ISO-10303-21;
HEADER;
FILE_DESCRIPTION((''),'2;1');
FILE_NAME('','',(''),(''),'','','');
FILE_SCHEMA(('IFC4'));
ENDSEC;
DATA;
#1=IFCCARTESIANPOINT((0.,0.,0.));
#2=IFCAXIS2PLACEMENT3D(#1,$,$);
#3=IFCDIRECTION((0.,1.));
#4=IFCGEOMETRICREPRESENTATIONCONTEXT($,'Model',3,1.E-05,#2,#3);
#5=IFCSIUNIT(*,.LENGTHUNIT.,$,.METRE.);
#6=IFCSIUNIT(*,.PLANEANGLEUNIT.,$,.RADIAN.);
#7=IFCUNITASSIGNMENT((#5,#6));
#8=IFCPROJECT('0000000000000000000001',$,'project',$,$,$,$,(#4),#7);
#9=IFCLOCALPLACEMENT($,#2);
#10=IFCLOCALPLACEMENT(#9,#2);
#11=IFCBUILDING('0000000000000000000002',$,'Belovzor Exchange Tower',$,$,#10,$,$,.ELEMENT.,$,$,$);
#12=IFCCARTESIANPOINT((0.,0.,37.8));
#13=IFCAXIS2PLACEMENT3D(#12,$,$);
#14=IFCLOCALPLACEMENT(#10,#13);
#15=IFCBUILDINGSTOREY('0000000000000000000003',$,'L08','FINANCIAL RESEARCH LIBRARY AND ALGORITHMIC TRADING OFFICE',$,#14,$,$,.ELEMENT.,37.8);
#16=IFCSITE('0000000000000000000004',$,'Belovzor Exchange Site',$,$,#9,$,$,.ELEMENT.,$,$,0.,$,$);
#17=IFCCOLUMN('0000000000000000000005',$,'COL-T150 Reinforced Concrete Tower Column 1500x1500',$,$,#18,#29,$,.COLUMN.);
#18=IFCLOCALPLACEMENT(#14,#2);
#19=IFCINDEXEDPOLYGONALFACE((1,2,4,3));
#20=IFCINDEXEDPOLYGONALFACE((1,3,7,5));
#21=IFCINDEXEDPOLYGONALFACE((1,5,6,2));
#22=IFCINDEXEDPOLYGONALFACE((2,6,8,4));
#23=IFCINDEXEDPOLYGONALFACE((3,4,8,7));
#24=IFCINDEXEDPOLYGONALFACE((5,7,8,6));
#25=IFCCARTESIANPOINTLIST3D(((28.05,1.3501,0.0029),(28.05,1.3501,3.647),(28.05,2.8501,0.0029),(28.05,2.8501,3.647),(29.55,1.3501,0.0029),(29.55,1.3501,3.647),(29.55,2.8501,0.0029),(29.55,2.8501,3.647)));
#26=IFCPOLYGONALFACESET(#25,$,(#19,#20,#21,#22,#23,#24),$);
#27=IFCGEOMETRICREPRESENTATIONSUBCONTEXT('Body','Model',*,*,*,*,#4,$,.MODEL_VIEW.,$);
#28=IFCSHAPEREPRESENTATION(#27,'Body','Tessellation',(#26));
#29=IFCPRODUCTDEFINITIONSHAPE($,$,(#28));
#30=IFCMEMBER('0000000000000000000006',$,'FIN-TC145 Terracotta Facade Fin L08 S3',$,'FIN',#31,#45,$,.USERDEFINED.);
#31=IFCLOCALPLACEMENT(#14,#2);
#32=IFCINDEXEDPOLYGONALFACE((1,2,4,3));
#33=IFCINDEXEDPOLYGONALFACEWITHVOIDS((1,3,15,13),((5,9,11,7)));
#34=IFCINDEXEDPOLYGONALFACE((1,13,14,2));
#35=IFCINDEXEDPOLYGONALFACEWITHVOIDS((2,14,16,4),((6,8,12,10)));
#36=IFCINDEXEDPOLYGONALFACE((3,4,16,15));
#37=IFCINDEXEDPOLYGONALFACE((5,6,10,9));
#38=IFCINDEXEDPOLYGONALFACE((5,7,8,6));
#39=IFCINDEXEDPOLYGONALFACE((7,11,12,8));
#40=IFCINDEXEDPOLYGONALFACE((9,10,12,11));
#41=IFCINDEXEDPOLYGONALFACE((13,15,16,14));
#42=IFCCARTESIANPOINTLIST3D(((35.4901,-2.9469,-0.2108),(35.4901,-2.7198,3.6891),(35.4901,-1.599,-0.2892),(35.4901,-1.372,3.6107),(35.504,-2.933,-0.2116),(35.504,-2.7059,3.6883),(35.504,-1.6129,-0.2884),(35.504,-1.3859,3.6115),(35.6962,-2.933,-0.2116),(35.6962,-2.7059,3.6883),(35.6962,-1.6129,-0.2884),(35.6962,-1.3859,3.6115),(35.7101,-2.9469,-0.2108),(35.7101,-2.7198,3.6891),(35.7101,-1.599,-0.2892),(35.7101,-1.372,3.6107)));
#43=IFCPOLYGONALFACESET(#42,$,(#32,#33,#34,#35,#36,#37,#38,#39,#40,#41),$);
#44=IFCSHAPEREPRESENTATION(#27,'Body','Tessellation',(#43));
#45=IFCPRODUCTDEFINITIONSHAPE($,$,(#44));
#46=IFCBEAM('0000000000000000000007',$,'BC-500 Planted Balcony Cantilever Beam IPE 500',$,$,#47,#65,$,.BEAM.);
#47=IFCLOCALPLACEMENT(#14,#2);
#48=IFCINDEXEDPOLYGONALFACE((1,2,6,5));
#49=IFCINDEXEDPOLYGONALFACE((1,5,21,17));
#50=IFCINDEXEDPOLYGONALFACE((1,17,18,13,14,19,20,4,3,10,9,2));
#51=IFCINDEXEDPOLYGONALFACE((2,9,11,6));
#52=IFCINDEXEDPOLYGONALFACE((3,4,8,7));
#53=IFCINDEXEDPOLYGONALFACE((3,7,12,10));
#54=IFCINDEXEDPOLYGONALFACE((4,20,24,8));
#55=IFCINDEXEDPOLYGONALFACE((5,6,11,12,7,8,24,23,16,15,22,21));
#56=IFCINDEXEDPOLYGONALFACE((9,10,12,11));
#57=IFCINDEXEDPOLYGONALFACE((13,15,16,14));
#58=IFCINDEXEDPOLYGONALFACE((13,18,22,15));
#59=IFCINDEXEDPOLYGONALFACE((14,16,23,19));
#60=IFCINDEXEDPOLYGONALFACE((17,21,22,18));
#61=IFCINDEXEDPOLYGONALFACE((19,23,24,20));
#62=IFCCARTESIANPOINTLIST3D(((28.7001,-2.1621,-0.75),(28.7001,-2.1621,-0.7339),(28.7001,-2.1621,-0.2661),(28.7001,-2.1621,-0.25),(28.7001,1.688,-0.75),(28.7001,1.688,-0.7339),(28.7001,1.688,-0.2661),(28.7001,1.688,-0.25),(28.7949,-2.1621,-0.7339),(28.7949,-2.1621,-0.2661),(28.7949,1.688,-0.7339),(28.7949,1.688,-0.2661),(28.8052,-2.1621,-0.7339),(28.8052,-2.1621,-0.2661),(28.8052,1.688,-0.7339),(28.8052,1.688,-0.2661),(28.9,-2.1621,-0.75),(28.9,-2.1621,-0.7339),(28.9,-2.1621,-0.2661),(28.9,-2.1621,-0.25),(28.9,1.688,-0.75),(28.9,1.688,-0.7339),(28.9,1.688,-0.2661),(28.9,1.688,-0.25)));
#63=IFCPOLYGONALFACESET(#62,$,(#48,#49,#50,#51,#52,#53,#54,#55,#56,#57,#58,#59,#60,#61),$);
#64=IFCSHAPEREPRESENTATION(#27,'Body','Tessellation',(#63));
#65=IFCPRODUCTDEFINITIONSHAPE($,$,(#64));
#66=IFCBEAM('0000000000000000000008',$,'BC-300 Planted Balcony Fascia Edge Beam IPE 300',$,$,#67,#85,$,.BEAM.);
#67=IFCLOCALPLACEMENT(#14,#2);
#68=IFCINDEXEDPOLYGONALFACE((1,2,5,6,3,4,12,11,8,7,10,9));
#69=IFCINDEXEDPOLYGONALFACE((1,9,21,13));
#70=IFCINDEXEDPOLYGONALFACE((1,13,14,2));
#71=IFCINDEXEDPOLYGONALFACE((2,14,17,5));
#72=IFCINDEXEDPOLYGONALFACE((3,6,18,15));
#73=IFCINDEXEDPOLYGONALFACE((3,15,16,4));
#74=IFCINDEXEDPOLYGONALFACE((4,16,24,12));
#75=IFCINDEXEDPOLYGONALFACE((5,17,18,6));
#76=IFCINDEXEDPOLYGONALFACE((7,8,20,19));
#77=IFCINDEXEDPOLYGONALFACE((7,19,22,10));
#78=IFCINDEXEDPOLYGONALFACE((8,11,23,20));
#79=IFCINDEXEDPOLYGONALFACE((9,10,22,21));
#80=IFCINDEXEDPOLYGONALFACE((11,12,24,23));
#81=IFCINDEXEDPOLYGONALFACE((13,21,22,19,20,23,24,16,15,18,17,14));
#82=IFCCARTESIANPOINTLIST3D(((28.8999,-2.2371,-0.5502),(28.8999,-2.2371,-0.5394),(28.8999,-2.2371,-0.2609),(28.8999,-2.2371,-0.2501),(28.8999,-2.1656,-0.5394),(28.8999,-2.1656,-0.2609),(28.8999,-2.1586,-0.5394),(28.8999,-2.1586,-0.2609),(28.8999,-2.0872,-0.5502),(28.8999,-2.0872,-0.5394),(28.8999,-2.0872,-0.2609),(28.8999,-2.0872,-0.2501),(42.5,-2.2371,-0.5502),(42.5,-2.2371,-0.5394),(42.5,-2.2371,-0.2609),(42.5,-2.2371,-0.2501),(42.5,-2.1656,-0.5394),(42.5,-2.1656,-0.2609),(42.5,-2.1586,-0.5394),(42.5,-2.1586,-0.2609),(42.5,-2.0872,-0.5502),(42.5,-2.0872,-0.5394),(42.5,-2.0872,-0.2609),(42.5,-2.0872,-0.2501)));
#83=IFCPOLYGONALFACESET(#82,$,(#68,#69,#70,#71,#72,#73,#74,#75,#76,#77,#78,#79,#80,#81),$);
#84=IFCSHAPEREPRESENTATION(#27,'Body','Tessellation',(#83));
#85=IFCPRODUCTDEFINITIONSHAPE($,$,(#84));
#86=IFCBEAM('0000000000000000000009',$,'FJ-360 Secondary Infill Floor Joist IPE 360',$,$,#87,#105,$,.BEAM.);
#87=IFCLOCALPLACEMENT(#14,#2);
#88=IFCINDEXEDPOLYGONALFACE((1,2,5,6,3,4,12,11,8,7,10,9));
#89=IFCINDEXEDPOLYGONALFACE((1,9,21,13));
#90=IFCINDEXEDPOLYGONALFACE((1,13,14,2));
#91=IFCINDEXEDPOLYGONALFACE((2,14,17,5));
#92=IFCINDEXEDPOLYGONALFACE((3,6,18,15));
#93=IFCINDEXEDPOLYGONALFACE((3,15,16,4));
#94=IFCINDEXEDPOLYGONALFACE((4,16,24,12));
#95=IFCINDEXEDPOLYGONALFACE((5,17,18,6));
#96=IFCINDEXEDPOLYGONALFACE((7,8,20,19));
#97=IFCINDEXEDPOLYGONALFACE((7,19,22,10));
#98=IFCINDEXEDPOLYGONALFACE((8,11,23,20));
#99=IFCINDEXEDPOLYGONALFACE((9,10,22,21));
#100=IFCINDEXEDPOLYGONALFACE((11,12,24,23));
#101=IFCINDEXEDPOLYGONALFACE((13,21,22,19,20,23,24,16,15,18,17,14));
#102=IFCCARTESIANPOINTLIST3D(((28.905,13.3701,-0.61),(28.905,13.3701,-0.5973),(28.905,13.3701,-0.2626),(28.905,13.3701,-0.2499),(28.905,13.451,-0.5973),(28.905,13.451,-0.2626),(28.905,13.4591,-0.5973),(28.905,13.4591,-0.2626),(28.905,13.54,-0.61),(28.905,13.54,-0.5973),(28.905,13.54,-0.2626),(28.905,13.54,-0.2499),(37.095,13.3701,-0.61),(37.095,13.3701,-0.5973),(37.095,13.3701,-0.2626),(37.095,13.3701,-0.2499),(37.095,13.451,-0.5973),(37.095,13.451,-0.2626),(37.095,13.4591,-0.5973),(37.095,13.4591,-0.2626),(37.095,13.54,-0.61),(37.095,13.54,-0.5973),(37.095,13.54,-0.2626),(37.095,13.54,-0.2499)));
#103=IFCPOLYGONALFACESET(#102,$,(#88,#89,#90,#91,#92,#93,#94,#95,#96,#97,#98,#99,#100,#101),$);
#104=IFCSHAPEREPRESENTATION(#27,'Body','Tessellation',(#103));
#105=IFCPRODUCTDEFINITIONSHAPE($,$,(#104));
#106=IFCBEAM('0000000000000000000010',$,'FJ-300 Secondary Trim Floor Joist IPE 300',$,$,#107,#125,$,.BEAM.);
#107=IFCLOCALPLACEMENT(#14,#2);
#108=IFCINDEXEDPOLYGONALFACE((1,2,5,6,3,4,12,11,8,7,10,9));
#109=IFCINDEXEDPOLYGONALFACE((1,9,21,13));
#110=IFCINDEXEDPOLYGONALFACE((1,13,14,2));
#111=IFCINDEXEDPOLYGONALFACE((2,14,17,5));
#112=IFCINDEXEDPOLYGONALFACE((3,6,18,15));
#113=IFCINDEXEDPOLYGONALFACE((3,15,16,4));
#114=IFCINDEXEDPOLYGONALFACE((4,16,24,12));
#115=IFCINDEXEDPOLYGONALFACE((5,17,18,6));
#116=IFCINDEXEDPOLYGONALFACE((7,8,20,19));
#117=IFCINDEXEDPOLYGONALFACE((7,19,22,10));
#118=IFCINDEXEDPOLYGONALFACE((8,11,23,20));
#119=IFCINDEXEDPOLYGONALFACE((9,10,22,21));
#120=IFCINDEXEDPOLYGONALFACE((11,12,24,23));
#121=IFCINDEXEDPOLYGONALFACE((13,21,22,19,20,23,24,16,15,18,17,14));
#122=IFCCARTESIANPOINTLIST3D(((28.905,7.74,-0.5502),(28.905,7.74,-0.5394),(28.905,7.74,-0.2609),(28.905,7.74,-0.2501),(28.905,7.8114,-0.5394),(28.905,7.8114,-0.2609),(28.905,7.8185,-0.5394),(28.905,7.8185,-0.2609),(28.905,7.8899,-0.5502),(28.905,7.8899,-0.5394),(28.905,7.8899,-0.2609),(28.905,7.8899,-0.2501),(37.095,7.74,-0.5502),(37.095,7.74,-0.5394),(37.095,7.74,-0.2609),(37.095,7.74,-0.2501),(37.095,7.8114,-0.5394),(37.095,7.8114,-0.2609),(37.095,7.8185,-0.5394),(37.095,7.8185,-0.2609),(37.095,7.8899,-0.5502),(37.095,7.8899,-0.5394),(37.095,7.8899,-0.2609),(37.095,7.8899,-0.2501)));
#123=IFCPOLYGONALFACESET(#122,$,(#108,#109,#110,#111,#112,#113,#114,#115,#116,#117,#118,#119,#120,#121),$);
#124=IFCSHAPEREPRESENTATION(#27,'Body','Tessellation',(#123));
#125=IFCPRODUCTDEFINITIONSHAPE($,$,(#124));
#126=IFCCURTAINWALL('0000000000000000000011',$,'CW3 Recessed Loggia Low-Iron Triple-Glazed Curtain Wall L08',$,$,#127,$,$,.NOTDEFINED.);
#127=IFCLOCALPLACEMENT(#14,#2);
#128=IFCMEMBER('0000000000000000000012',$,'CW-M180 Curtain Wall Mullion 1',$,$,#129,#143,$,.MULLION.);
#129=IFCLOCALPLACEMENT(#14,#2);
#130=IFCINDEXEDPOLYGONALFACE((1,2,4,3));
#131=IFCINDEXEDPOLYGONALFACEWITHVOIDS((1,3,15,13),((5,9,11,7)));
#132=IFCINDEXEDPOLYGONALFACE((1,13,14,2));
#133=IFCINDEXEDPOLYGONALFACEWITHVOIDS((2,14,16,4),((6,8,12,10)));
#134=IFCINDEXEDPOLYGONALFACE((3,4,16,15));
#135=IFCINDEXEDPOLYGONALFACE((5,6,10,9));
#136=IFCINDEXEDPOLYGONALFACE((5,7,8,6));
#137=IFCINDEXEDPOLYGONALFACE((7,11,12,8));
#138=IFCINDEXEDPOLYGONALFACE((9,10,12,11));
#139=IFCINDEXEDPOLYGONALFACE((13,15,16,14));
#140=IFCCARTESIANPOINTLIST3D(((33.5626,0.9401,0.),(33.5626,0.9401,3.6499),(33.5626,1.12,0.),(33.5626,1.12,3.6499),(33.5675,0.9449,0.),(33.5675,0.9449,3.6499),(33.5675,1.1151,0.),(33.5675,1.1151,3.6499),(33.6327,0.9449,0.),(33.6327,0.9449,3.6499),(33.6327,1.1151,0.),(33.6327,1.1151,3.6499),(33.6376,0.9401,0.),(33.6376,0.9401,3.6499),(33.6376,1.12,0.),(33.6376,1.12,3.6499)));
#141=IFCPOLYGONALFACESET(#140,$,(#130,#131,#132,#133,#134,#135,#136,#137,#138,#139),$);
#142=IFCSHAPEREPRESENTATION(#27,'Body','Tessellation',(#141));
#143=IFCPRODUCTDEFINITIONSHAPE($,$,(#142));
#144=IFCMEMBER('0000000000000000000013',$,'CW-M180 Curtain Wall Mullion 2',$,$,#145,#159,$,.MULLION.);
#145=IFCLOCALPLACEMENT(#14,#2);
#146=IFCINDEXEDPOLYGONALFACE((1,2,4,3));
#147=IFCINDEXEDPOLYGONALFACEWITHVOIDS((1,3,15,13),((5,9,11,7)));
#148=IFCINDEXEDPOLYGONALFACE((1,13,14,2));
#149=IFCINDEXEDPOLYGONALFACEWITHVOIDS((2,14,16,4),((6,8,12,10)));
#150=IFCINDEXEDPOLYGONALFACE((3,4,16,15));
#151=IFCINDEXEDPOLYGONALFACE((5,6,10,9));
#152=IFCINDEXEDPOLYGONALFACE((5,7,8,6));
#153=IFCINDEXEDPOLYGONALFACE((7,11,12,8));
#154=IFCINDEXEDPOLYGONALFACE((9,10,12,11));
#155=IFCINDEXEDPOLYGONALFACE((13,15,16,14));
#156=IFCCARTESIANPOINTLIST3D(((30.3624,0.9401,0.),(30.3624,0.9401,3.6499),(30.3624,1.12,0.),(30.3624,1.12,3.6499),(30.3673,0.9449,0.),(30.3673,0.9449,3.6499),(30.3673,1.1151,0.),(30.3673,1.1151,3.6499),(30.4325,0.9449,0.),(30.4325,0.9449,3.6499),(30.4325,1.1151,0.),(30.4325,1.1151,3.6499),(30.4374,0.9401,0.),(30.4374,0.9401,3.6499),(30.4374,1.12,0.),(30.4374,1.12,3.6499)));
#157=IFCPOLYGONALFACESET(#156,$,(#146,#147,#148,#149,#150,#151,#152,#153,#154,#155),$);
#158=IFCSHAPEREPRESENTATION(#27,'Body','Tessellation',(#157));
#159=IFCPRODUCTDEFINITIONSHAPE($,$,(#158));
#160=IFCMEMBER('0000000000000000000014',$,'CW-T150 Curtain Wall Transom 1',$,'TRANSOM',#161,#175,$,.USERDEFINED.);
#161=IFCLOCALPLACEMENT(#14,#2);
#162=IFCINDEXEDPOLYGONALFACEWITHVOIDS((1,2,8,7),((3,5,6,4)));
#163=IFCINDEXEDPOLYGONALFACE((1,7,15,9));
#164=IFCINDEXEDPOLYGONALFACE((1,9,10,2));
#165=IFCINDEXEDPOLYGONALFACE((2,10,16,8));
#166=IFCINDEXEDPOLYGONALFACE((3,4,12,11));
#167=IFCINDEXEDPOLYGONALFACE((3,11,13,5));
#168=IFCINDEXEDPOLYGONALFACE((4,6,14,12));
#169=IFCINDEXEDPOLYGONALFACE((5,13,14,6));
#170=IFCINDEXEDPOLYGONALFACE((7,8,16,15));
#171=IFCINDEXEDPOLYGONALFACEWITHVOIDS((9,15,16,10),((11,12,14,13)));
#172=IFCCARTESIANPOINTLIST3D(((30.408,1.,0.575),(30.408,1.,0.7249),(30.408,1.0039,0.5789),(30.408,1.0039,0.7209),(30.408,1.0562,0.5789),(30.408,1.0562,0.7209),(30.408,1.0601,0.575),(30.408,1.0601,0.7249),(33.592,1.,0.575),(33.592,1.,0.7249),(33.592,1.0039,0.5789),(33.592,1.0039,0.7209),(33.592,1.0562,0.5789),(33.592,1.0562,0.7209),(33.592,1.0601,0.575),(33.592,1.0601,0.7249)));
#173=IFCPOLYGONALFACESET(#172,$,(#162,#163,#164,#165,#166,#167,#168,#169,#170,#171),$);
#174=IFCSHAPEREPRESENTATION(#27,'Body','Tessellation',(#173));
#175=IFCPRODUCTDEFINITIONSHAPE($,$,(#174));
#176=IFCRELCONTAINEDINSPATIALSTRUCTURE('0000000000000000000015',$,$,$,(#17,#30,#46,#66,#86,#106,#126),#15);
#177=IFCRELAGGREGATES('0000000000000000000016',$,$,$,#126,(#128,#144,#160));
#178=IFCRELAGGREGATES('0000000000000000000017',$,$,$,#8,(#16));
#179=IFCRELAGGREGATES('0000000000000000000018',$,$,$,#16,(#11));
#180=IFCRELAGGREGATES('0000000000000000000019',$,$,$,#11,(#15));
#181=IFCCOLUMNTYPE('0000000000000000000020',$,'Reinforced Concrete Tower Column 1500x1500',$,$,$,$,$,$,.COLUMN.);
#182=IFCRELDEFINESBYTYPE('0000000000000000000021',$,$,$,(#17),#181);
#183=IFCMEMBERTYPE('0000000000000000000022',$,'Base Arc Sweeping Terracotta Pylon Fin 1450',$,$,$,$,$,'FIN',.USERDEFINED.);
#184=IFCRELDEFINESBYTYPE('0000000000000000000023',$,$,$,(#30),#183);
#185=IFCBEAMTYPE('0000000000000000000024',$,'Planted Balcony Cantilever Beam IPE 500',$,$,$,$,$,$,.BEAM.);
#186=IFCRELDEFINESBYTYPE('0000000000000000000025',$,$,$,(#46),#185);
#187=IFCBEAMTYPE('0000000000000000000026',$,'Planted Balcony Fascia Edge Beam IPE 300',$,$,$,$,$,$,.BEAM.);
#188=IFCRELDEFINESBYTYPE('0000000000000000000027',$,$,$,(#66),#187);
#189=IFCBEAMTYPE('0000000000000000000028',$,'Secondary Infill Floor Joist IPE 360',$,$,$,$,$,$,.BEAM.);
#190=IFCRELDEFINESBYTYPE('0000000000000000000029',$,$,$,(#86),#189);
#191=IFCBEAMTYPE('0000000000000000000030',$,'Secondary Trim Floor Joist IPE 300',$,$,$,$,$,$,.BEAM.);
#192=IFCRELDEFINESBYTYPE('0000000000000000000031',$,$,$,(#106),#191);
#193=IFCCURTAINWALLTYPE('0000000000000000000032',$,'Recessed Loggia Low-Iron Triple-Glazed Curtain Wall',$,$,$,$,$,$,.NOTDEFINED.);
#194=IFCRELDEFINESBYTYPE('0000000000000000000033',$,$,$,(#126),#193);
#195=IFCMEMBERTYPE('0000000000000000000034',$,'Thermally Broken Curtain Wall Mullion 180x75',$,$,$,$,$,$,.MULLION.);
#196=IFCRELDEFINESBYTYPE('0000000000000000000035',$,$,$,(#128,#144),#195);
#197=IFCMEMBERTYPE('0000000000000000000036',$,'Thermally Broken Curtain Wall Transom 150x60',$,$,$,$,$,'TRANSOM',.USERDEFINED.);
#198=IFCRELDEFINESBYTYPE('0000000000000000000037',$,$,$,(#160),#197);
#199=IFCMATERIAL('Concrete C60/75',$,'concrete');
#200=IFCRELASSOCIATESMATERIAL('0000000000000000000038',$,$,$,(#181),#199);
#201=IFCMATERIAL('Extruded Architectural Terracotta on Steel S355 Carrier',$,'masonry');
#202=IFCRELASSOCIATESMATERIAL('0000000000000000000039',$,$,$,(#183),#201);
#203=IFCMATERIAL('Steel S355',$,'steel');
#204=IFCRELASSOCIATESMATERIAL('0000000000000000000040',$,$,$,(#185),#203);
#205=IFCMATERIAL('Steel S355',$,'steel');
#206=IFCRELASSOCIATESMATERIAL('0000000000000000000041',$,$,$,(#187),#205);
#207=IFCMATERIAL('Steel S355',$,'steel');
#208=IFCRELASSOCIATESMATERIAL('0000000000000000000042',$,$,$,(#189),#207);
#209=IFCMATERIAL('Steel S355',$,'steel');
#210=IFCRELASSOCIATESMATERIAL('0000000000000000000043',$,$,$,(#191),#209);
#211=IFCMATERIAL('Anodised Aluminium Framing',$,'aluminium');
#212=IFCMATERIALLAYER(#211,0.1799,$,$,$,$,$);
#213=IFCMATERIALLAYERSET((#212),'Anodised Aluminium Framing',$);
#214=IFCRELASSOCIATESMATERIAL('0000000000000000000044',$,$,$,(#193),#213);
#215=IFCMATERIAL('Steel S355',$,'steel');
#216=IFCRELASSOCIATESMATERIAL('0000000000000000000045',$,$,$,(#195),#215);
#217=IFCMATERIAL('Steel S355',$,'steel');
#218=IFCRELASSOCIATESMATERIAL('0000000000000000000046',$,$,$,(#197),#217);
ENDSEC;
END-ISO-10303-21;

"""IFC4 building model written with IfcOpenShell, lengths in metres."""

from ifc_helpers import new_model, si_unit, direction, frame, origin, origin_2d, place, context, subcontext, project, spatial, rectangle, hollow_rectangle, i_section, extrude, material, layer, layer_set, material_profile, profile_set, type_object, element, aggregate, save


model = new_model("IFC4")

# Units and contexts
model_context = context("Model", 3, precision=1e-05, world=origin(), true_north=direction((0.0, 1.0)))
body_context = subcontext(model_context, "Body", "Model", "MODEL_VIEW")
ifc_project = project(units=[si_unit("LENGTHUNIT", "METRE"), si_unit("PLANEANGLEUNIT", "RADIAN")], contexts=[model_context])

# Site, building, storey
site_placement = place(None, origin())
site = spatial("IfcSite", under=ifc_project, at=site_placement, Name="Belovzor Exchange Site", CompositionType="ELEMENT", RefElevation=0.0)
building_placement = place(site_placement, origin())
building = spatial("IfcBuilding", under=site, at=building_placement, Name="Belovzor Exchange Tower", CompositionType="ELEMENT")
storey_placement = place(building_placement, frame((0.0, 0.0, 37.8)))
storey = spatial("IfcBuildingStorey", under=building, at=storey_placement, Name="L08", Description="FINANCIAL RESEARCH LIBRARY AND ALGORITHMIC TRADING OFFICE", CompositionType="ELEMENT", Elevation=37.8)

# Column
ifc_material_1 = material(Name="Concrete C60/75", Category="concrete")
ifc_material_profile_1 = material_profile(ifc_material_1, rectangle(XDim=1.5, YDim=1.5, at=origin_2d()))
ifc_profile_set_1 = profile_set([ifc_material_profile_1], Name="Concrete C60/75")
column_type = type_object("IfcColumnType", Name="Reinforced Concrete Tower Column 1500x1500", PredefinedType="COLUMN", material=ifc_profile_set_1)
column_placement = place(storey_placement, frame((28.8, 2.1001, 0.0029), z_axis=(0.0, 0.0, 1.0), x_axis=(1.0, 0.0, 0.0)))
element("IfcColumn", 1, at=column_placement, inside=storey, type_object=column_type, Name="COL-T150 Reinforced Concrete Tower Column 1500x1500", PredefinedType="COLUMN", context=body_context, shape_type="SweptSolid", body=[
    extrude(rectangle(XDim=1.5, YDim=1.5, at=origin_2d()), origin(), (0.0, 0.0, 1.0), 3.644),
])

# Member
ifc_material_2 = material(Name="Extruded Architectural Terracotta on Steel S355 Carrier", Category="masonry")
ifc_material_profile_2 = material_profile(ifc_material_2, hollow_rectangle(XDim=0.22, YDim=1.3501, WallThickness=0.0139, at=origin_2d()))
ifc_profile_set_2 = profile_set([ifc_material_profile_2], Name="Extruded Architectural Terracotta on Steel S355 Carrier")
member_type_1 = type_object("IfcMemberType", Name="Base Arc Sweeping Terracotta Pylon Fin 1450", ElementType="FIN", PredefinedType="USERDEFINED", material=ifc_profile_set_2)
member_1_placement = place(storey_placement, frame((35.6001, -2.2729, -0.25), z_axis=(0.0, 0.058121, 0.99831), x_axis=(-1.0, 0.0, 0.0)))
element("IfcMember", 2, at=member_1_placement, inside=storey, type_object=member_type_1, Name="FIN-TC145 Terracotta Facade Fin L08 S3", ObjectType="FIN", PredefinedType="USERDEFINED", context=body_context, shape_type="SweptSolid", body=[
    extrude(hollow_rectangle(XDim=0.22, YDim=1.3501, WallThickness=0.0139, at=origin_2d()), origin(), (0.0, 0.0, 1.0), 3.9065),
])

# Beams
ifc_material_3 = material(Name="Steel S355", Category="steel")
ifc_material_profile_3 = material_profile(ifc_material_3, i_section(OverallWidth=0.2, OverallDepth=0.5, WebThickness=0.0103, FlangeThickness=0.0161, at=origin_2d()))
ifc_profile_set_3 = profile_set([ifc_material_profile_3], Name="Steel S355")
beam_type_1 = type_object("IfcBeamType", Name="Planted Balcony Cantilever Beam IPE 500", PredefinedType="BEAM", material=ifc_profile_set_3)
beam_1_placement = place(storey_placement, frame((28.8, 1.688, -0.5), z_axis=(0.0, -1.0, 0.0), x_axis=(1.0, 0.0, 0.0)))
element("IfcBeam", 3, at=beam_1_placement, inside=storey, type_object=beam_type_1, Name="BC-500 Planted Balcony Cantilever Beam IPE 500", PredefinedType="BEAM", context=body_context, shape_type="SweptSolid", body=[
    extrude(i_section(OverallWidth=0.2, OverallDepth=0.5, WebThickness=0.0103, FlangeThickness=0.0161, at=origin_2d()), origin(), (0.0, 0.0, 1.0), 3.8501),
])
ifc_material_4 = material(Name="Steel S355", Category="steel")
ifc_material_profile_4 = material_profile(ifc_material_4, i_section(OverallWidth=0.1499, OverallDepth=0.3, WebThickness=0.0071, FlangeThickness=0.0107, at=origin_2d()))
ifc_profile_set_4 = profile_set([ifc_material_profile_4], Name="Steel S355")
beam_type_2 = type_object("IfcBeamType", Name="Planted Balcony Fascia Edge Beam IPE 300", PredefinedType="BEAM", material=ifc_profile_set_4)
beam_2_placement = place(storey_placement, frame((28.8999, -2.1621, -0.4001), z_axis=(1.0, 0.0, 0.0), x_axis=(0.0, 1.0, 0.0)))
element("IfcBeam", 4, at=beam_2_placement, inside=storey, type_object=beam_type_2, Name="BC-300 Planted Balcony Fascia Edge Beam IPE 300", PredefinedType="BEAM", context=body_context, shape_type="SweptSolid", body=[
    extrude(i_section(OverallWidth=0.1499, OverallDepth=0.3, WebThickness=0.0071, FlangeThickness=0.0107, at=origin_2d()), origin(), (0.0, 0.0, 1.0), 13.6001),
])
ifc_material_5 = material(Name="Steel S355", Category="steel")
ifc_material_profile_5 = material_profile(ifc_material_5, i_section(OverallWidth=0.1699, OverallDepth=0.3601, WebThickness=0.0081, FlangeThickness=0.0127, at=origin_2d()))
ifc_profile_set_5 = profile_set([ifc_material_profile_5], Name="Steel S355")
beam_type_3 = type_object("IfcBeamType", Name="Secondary Infill Floor Joist IPE 360", PredefinedType="BEAM", material=ifc_profile_set_5)
beam_3_placement = place(storey_placement, frame((28.905, 13.4551, -0.4299), z_axis=(1.0, 0.0, 0.0), x_axis=(0.0, 1.0, 0.0)))
element("IfcBeam", 5, at=beam_3_placement, inside=storey, type_object=beam_type_3, Name="FJ-360 Secondary Infill Floor Joist IPE 360", PredefinedType="BEAM", context=body_context, shape_type="SweptSolid", body=[
    extrude(i_section(OverallWidth=0.1699, OverallDepth=0.3601, WebThickness=0.0081, FlangeThickness=0.0127, at=origin_2d()), origin(), (0.0, 0.0, 1.0), 8.1899),
])
ifc_material_6 = material(Name="Steel S355", Category="steel")
ifc_material_profile_6 = material_profile(ifc_material_6, i_section(OverallWidth=0.1499, OverallDepth=0.3, WebThickness=0.0071, FlangeThickness=0.0107, at=origin_2d()))
ifc_profile_set_6 = profile_set([ifc_material_profile_6], Name="Steel S355")
beam_type_4 = type_object("IfcBeamType", Name="Secondary Trim Floor Joist IPE 300", PredefinedType="BEAM", material=ifc_profile_set_6)
beam_4_placement = place(storey_placement, frame((28.905, 7.8149, -0.4001), z_axis=(1.0, 0.0, 0.0), x_axis=(0.0, 1.0, 0.0)))
element("IfcBeam", 6, at=beam_4_placement, inside=storey, type_object=beam_type_4, Name="FJ-300 Secondary Trim Floor Joist IPE 300", PredefinedType="BEAM", context=body_context, shape_type="SweptSolid", body=[
    extrude(i_section(OverallWidth=0.1499, OverallDepth=0.3, WebThickness=0.0071, FlangeThickness=0.0107, at=origin_2d()), origin(), (0.0, 0.0, 1.0), 8.1899),
])

# Curtain wall, members
ifc_material_7 = material(Name="Anodised Aluminium Framing", Category="aluminium")
ifc_layer_1 = layer(ifc_material_7, 0.1799)
ifc_layer_set_1 = layer_set([ifc_layer_1], Name="Anodised Aluminium Framing")
curtain_wall_type = type_object("IfcCurtainWallType", Name="Recessed Loggia Low-Iron Triple-Glazed Curtain Wall", PredefinedType="NOTDEFINED", material=ifc_layer_set_1)
curtain_wall_placement = place(storey_placement, origin())
curtain_wall = element("IfcCurtainWall", 7, at=curtain_wall_placement, inside=storey, type_object=curtain_wall_type, Name="CW3 Recessed Loggia Low-Iron Triple-Glazed Curtain Wall L08", PredefinedType="NOTDEFINED")
ifc_material_8 = material(Name="Steel S355", Category="steel")
ifc_material_profile_7 = material_profile(ifc_material_8, hollow_rectangle(XDim=0.075, YDim=0.1799, WallThickness=0.0049, at=origin_2d()))
ifc_profile_set_7 = profile_set([ifc_material_profile_7], Name="Steel S355")
member_type_2 = type_object("IfcMemberType", Name="Thermally Broken Curtain Wall Mullion 180x75", PredefinedType="MULLION", material=ifc_profile_set_7)
member_2_placement = place(storey_placement, frame((33.6001, 1.03, 0.0), z_axis=(0.0, 0.0, 1.0), x_axis=(-1.0, 0.0, 0.0)))
member_2 = element("IfcMember", 8, at=member_2_placement, type_object=member_type_2, Name="CW-M180 Curtain Wall Mullion 1", PredefinedType="MULLION", context=body_context, shape_type="SweptSolid", body=[
    extrude(hollow_rectangle(XDim=0.075, YDim=0.1799, WallThickness=0.0049, at=origin_2d()), origin(), (0.0, 0.0, 1.0), 3.6499),
])
member_3_placement = place(storey_placement, frame((30.3999, 1.03, 0.0), z_axis=(0.0, 0.0, 1.0), x_axis=(-1.0, 0.0, 0.0)))
member_3 = element("IfcMember", 9, at=member_3_placement, type_object=member_type_2, Name="CW-M180 Curtain Wall Mullion 2", PredefinedType="MULLION", context=body_context, shape_type="SweptSolid", body=[
    extrude(hollow_rectangle(XDim=0.075, YDim=0.1799, WallThickness=0.0049, at=origin_2d()), origin(), (0.0, 0.0, 1.0), 3.6499),
])
ifc_material_9 = material(Name="Steel S355", Category="steel")
ifc_material_profile_8 = material_profile(ifc_material_9, hollow_rectangle(XDim=0.0601, YDim=0.1499, WallThickness=0.0039, at=origin_2d()))
ifc_profile_set_8 = profile_set([ifc_material_profile_8], Name="Steel S355")
member_type_3 = type_object("IfcMemberType", Name="Thermally Broken Curtain Wall Transom 150x60", ElementType="TRANSOM", PredefinedType="USERDEFINED", material=ifc_profile_set_8)
member_4_placement = place(storey_placement, frame((33.592, 1.03, 0.6499), z_axis=(-1.0, 0.0, 0.0), x_axis=(0.0, -1.0, 0.0)))
member_4 = element("IfcMember", 10, at=member_4_placement, type_object=member_type_3, Name="CW-T150 Curtain Wall Transom 1", ObjectType="TRANSOM", PredefinedType="USERDEFINED", context=body_context, shape_type="SweptSolid", body=[
    extrude(hollow_rectangle(XDim=0.0601, YDim=0.1499, WallThickness=0.0039, at=origin_2d()), origin(), (0.0, 0.0, 1.0), 3.1841),
])

aggregate(curtain_wall, [member_2, member_3, member_4])

save(model, "model.ifc")
